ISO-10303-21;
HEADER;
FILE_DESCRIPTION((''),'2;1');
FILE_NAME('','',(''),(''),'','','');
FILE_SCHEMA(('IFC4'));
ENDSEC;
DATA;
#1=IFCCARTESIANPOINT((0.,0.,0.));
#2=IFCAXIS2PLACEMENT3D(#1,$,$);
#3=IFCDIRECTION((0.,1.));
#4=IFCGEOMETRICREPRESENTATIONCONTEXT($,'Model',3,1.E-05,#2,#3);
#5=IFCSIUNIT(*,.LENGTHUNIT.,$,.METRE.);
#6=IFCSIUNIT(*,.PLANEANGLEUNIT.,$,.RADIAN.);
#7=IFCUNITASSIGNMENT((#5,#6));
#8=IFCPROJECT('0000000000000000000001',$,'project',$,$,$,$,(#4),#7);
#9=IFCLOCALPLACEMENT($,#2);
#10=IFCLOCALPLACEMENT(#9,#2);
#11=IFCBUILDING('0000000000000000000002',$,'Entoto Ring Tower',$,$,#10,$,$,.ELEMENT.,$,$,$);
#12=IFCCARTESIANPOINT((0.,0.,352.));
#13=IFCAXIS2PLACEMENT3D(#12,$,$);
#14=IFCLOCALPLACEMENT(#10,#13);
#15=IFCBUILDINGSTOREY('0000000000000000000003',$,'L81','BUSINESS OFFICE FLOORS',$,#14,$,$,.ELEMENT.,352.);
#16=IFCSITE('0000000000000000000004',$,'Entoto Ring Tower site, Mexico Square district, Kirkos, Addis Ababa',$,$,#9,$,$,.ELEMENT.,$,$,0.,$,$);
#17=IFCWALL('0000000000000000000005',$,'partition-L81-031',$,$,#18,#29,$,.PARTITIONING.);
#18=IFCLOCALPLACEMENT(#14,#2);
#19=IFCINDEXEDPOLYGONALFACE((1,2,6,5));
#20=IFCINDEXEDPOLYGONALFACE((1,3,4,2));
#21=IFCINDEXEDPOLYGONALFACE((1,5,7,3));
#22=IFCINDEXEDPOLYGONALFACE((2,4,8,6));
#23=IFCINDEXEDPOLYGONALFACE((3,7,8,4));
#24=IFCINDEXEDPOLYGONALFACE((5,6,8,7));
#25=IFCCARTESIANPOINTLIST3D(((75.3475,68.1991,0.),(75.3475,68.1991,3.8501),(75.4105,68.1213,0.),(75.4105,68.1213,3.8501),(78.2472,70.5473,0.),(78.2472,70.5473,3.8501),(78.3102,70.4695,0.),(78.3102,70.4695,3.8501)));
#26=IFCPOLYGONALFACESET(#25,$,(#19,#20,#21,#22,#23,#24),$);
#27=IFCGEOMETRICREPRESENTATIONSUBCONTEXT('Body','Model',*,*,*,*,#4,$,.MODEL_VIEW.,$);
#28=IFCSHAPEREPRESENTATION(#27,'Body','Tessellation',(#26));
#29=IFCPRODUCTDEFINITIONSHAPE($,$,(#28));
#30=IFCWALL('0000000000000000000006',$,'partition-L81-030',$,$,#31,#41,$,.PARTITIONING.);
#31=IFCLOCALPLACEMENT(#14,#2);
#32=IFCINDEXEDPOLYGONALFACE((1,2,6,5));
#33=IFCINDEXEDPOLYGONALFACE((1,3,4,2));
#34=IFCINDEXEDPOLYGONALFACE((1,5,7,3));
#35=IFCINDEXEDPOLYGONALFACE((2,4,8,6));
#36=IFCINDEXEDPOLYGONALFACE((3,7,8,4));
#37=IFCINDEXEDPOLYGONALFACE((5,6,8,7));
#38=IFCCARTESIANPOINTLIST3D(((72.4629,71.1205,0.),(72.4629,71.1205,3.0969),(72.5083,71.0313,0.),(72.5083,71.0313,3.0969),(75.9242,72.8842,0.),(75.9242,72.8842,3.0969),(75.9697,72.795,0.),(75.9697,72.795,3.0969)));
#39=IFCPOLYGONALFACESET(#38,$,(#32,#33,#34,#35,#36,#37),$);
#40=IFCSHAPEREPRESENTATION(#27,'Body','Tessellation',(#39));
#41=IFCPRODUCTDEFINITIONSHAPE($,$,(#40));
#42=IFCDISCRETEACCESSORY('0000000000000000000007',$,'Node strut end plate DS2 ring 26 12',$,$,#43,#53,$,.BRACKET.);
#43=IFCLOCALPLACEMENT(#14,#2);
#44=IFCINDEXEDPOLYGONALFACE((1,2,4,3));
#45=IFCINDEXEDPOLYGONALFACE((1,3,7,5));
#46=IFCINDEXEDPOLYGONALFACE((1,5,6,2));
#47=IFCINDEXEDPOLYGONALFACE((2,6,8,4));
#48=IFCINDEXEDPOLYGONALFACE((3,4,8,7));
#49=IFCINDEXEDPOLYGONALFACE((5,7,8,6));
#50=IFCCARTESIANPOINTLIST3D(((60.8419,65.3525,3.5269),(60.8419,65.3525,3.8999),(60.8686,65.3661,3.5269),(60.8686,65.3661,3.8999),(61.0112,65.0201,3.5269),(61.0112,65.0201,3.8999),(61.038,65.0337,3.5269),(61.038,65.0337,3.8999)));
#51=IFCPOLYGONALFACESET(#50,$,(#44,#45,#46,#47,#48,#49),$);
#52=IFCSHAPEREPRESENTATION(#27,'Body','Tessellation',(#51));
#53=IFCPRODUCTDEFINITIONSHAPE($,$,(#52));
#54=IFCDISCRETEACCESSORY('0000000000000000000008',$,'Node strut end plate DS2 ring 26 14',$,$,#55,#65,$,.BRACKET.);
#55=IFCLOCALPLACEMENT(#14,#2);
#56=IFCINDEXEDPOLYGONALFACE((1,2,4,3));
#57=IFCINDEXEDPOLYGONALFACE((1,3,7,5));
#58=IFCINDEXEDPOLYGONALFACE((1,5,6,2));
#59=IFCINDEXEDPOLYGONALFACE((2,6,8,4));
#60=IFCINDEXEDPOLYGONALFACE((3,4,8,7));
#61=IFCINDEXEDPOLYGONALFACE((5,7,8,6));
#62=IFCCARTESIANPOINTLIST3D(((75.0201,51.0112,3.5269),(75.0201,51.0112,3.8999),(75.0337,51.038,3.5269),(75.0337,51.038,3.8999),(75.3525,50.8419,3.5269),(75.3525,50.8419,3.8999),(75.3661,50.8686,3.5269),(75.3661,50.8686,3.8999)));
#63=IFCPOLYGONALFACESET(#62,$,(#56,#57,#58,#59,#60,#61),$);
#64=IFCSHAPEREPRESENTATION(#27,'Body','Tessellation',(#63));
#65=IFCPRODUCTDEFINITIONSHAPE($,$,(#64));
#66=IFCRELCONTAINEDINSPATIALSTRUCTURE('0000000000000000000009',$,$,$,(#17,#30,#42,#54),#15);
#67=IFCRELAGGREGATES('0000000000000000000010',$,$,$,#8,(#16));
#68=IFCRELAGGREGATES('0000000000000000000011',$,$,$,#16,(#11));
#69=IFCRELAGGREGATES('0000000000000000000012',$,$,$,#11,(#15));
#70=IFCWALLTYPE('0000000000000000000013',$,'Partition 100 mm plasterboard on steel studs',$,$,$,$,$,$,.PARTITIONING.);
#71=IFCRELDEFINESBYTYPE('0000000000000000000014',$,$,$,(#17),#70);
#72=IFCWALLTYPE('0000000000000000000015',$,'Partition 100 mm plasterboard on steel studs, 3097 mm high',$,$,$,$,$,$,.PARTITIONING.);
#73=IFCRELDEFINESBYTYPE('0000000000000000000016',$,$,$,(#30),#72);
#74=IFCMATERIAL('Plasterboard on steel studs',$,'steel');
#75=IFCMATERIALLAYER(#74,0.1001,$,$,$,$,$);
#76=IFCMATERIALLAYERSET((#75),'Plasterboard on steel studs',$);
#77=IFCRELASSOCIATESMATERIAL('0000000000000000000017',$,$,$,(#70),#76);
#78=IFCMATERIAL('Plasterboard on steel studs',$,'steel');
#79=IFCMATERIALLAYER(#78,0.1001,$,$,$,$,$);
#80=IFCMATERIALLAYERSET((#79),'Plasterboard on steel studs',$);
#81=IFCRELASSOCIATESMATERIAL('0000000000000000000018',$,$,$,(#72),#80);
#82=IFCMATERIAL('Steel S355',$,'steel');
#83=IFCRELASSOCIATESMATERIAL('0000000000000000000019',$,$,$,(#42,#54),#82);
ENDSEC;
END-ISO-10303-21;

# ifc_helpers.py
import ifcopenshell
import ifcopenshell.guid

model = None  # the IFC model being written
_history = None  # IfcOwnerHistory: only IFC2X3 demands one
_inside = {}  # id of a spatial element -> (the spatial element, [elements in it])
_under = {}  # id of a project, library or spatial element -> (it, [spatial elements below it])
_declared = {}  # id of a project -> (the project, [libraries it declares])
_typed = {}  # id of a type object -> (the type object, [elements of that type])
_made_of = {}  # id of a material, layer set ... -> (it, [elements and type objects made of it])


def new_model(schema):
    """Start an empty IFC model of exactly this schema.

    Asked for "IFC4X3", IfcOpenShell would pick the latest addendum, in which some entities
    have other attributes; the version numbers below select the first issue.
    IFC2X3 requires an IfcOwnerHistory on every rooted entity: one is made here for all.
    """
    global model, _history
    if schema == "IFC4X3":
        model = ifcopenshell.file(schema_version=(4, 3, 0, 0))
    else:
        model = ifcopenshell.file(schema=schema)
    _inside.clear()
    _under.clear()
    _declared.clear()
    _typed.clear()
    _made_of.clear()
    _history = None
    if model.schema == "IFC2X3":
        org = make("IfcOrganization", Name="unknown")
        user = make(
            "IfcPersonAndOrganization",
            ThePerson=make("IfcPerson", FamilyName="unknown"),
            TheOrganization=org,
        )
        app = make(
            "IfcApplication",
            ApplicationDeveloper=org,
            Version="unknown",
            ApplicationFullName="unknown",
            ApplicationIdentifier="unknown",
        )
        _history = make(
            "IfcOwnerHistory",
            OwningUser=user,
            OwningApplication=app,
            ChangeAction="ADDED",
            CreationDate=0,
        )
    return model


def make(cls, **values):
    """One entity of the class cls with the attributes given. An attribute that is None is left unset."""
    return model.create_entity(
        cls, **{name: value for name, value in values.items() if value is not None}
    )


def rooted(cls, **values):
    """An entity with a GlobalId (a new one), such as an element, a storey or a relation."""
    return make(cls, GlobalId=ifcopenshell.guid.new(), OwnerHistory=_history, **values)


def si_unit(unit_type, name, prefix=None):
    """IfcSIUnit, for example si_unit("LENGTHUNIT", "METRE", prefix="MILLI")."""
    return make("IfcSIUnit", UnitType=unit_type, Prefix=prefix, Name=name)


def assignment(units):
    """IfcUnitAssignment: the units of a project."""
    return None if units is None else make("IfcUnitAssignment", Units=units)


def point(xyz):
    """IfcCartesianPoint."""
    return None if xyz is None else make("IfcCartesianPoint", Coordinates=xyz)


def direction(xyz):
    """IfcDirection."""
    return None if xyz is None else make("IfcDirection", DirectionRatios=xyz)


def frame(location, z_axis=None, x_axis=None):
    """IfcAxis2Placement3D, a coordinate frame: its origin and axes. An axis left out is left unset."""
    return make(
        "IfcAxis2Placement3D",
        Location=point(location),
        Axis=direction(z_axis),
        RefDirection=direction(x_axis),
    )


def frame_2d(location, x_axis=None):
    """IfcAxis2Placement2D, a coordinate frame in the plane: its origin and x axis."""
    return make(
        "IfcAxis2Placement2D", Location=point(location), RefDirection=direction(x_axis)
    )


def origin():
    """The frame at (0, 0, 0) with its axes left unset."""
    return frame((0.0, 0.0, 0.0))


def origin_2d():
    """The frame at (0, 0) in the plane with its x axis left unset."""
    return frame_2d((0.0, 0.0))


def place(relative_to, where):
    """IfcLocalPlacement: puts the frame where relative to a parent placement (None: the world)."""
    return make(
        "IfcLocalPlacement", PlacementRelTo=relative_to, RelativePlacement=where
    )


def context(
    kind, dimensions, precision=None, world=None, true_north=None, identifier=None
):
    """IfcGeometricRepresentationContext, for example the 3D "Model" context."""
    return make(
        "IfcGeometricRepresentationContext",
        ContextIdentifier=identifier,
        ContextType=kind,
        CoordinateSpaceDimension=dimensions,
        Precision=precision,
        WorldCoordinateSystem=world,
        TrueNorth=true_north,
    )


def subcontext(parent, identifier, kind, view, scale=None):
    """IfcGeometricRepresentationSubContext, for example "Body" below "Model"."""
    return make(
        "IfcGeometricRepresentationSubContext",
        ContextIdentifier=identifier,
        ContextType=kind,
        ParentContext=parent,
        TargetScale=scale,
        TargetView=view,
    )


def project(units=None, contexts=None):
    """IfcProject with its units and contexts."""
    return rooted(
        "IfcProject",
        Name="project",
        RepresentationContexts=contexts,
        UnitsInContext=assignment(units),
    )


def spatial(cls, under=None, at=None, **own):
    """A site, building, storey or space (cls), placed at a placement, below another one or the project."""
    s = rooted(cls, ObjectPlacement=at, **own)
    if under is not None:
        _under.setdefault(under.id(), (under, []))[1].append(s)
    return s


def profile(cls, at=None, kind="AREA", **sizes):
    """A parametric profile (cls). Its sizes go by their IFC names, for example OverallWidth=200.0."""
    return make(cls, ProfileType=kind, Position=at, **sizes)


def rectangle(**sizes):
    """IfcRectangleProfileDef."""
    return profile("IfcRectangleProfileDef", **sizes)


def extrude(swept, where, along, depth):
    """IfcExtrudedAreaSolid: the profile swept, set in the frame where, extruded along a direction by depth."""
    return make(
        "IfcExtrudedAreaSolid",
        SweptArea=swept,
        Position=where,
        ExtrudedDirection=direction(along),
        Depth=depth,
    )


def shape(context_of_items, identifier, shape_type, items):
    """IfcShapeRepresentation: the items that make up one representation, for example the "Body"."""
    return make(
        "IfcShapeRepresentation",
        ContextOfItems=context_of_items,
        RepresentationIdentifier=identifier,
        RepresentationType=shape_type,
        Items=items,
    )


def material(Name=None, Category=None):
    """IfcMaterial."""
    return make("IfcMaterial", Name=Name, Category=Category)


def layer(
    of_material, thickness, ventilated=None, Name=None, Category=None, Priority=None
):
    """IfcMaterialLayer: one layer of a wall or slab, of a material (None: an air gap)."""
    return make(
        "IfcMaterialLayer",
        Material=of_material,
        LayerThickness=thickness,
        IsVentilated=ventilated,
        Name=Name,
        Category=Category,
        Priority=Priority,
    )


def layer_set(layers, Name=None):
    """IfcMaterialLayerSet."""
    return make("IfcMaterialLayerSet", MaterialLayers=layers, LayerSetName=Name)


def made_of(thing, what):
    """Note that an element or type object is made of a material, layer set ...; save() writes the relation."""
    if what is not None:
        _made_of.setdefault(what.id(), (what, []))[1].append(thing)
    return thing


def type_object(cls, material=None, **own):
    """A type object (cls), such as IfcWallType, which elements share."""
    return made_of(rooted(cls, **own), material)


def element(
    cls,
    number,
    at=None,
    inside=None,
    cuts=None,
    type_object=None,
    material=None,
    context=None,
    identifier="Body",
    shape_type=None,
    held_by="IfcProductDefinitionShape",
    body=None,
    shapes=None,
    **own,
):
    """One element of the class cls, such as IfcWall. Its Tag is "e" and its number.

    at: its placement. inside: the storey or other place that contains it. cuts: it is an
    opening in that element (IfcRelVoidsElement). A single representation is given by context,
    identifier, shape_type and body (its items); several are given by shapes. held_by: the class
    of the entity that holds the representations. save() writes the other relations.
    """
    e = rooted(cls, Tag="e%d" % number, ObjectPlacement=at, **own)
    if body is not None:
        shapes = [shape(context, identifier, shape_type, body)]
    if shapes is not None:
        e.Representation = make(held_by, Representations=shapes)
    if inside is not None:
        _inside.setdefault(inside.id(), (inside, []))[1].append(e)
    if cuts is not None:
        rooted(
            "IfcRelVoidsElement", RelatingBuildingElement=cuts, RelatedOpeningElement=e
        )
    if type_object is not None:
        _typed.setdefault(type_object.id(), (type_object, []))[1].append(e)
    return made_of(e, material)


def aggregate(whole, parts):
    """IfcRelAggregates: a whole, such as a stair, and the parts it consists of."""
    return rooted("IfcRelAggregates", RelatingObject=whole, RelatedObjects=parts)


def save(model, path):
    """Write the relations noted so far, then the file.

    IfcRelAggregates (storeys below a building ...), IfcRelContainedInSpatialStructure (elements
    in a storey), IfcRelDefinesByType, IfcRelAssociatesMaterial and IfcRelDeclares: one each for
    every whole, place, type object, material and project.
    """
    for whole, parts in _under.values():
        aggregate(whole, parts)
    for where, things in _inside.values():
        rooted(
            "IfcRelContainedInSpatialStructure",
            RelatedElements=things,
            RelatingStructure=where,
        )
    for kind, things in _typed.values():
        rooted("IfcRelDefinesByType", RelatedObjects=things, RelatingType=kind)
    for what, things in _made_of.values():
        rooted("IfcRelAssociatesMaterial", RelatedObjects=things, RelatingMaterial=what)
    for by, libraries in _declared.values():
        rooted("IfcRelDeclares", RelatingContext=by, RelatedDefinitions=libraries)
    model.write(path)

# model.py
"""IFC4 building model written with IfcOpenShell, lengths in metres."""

from ifc_helpers import new_model, si_unit, direction, frame, frame_2d, origin, origin_2d, place, context, subcontext, project, spatial, rectangle, extrude, material, layer, layer_set, type_object, element, save


model = new_model("IFC4")

# Units and contexts
model_context = context("Model", 3, precision=1e-05, world=origin(), true_north=direction((0.0, 1.0)))
body_context = subcontext(model_context, "Body", "Model", "MODEL_VIEW")
ifc_project = project(units=[si_unit("LENGTHUNIT", "METRE"), si_unit("PLANEANGLEUNIT", "RADIAN")], contexts=[model_context])

# Site, building, storey
site_placement = place(None, origin())
site = spatial("IfcSite", under=ifc_project, at=site_placement, Name="Entoto Ring Tower site, Mexico Square district, Kirkos, Addis Ababa", CompositionType="ELEMENT", RefElevation=0.0)
building_placement = place(site_placement, origin())
building = spatial("IfcBuilding", under=site, at=building_placement, Name="Entoto Ring Tower", CompositionType="ELEMENT")
storey_placement = place(building_placement, frame((0.0, 0.0, 352.0)))
storey = spatial("IfcBuildingStorey", under=building, at=storey_placement, Name="L81", Description="BUSINESS OFFICE FLOORS", CompositionType="ELEMENT", Elevation=352.0)

# Shared definitions
ifc_material_1 = material(Name="Plasterboard on steel studs", Category="steel")
ifc_layer_1 = layer(ifc_material_1, 0.1001)
ifc_layer_set_1 = layer_set([ifc_layer_1], Name="Plasterboard on steel studs")
wall_type_1 = type_object("IfcWallType", Name="Partition 100 mm plasterboard on steel studs", PredefinedType="PARTITIONING", material=ifc_layer_set_1)

# Walls
wall_1_placement = place(storey_placement, frame((75.3789, 68.1602, 0.0), z_axis=(0.0, 0.0, 1.0), x_axis=(0.77714, 0.629328, 0.0)))
element("IfcWall", 1, at=wall_1_placement, inside=storey, type_object=wall_type_1, Name="partition-L81-031", PredefinedType="PARTITIONING", context=body_context, shape_type="SweptSolid", body=[
    extrude(rectangle(XDim=3.7312, YDim=0.1001, at=frame_2d((1.8657, 0.0))), origin(), (0.0, 0.0, 1.0), 3.8501),
])
ifc_material_2 = material(Name="Plasterboard on steel studs", Category="steel")
ifc_layer_2 = layer(ifc_material_2, 0.1001)
ifc_layer_set_2 = layer_set([ifc_layer_2], Name="Plasterboard on steel studs")
wall_type_2 = type_object("IfcWallType", Name="Partition 100 mm plasterboard on steel studs, 3097 mm high", PredefinedType="PARTITIONING", material=ifc_layer_set_2)
wall_2_placement = place(storey_placement, frame((72.4856, 71.0759, 0.0), z_axis=(0.0, 0.0, 1.0), x_axis=(0.891008, 0.453988, 0.0)))
element("IfcWall", 2, at=wall_2_placement, inside=storey, type_object=wall_type_2, Name="partition-L81-030", PredefinedType="PARTITIONING", context=body_context, shape_type="SweptSolid", body=[
    extrude(rectangle(XDim=3.8848, YDim=0.1001, at=frame_2d((1.9424, 0.0))), origin(), (0.0, 0.0, 1.0), 3.0969),
])

# Discrete accessories
ifc_material_3 = material(Name="Steel S355", Category="steel")
for number, where, z_axis, x_axis, name in (
    (3, (60.9399, 65.1931, 3.5269), (0.0, 0.0, 1.0), (-0.891007, -0.45399, 0.0), "Node strut end plate DS2 ring 26 12"),
    (4, (75.1931, 50.9399, 3.5269), (0.0, 0.0, 1.0), (-0.45399, -0.891007, 0.0), "Node strut end plate DS2 ring 26 14"),
):
    element("IfcDiscreteAccessory", number, at=place(storey_placement, frame(where, z_axis=z_axis, x_axis=x_axis)), inside=storey, material=ifc_material_3, Name=name, PredefinedType="BRACKET", context=body_context, shape_type="SweptSolid", body=[
        extrude(rectangle(XDim=0.03, YDim=0.373, at=origin_2d()), origin(), (0.0, 0.0, 1.0), 0.373),
    ])

save(model, "model.ifc")
